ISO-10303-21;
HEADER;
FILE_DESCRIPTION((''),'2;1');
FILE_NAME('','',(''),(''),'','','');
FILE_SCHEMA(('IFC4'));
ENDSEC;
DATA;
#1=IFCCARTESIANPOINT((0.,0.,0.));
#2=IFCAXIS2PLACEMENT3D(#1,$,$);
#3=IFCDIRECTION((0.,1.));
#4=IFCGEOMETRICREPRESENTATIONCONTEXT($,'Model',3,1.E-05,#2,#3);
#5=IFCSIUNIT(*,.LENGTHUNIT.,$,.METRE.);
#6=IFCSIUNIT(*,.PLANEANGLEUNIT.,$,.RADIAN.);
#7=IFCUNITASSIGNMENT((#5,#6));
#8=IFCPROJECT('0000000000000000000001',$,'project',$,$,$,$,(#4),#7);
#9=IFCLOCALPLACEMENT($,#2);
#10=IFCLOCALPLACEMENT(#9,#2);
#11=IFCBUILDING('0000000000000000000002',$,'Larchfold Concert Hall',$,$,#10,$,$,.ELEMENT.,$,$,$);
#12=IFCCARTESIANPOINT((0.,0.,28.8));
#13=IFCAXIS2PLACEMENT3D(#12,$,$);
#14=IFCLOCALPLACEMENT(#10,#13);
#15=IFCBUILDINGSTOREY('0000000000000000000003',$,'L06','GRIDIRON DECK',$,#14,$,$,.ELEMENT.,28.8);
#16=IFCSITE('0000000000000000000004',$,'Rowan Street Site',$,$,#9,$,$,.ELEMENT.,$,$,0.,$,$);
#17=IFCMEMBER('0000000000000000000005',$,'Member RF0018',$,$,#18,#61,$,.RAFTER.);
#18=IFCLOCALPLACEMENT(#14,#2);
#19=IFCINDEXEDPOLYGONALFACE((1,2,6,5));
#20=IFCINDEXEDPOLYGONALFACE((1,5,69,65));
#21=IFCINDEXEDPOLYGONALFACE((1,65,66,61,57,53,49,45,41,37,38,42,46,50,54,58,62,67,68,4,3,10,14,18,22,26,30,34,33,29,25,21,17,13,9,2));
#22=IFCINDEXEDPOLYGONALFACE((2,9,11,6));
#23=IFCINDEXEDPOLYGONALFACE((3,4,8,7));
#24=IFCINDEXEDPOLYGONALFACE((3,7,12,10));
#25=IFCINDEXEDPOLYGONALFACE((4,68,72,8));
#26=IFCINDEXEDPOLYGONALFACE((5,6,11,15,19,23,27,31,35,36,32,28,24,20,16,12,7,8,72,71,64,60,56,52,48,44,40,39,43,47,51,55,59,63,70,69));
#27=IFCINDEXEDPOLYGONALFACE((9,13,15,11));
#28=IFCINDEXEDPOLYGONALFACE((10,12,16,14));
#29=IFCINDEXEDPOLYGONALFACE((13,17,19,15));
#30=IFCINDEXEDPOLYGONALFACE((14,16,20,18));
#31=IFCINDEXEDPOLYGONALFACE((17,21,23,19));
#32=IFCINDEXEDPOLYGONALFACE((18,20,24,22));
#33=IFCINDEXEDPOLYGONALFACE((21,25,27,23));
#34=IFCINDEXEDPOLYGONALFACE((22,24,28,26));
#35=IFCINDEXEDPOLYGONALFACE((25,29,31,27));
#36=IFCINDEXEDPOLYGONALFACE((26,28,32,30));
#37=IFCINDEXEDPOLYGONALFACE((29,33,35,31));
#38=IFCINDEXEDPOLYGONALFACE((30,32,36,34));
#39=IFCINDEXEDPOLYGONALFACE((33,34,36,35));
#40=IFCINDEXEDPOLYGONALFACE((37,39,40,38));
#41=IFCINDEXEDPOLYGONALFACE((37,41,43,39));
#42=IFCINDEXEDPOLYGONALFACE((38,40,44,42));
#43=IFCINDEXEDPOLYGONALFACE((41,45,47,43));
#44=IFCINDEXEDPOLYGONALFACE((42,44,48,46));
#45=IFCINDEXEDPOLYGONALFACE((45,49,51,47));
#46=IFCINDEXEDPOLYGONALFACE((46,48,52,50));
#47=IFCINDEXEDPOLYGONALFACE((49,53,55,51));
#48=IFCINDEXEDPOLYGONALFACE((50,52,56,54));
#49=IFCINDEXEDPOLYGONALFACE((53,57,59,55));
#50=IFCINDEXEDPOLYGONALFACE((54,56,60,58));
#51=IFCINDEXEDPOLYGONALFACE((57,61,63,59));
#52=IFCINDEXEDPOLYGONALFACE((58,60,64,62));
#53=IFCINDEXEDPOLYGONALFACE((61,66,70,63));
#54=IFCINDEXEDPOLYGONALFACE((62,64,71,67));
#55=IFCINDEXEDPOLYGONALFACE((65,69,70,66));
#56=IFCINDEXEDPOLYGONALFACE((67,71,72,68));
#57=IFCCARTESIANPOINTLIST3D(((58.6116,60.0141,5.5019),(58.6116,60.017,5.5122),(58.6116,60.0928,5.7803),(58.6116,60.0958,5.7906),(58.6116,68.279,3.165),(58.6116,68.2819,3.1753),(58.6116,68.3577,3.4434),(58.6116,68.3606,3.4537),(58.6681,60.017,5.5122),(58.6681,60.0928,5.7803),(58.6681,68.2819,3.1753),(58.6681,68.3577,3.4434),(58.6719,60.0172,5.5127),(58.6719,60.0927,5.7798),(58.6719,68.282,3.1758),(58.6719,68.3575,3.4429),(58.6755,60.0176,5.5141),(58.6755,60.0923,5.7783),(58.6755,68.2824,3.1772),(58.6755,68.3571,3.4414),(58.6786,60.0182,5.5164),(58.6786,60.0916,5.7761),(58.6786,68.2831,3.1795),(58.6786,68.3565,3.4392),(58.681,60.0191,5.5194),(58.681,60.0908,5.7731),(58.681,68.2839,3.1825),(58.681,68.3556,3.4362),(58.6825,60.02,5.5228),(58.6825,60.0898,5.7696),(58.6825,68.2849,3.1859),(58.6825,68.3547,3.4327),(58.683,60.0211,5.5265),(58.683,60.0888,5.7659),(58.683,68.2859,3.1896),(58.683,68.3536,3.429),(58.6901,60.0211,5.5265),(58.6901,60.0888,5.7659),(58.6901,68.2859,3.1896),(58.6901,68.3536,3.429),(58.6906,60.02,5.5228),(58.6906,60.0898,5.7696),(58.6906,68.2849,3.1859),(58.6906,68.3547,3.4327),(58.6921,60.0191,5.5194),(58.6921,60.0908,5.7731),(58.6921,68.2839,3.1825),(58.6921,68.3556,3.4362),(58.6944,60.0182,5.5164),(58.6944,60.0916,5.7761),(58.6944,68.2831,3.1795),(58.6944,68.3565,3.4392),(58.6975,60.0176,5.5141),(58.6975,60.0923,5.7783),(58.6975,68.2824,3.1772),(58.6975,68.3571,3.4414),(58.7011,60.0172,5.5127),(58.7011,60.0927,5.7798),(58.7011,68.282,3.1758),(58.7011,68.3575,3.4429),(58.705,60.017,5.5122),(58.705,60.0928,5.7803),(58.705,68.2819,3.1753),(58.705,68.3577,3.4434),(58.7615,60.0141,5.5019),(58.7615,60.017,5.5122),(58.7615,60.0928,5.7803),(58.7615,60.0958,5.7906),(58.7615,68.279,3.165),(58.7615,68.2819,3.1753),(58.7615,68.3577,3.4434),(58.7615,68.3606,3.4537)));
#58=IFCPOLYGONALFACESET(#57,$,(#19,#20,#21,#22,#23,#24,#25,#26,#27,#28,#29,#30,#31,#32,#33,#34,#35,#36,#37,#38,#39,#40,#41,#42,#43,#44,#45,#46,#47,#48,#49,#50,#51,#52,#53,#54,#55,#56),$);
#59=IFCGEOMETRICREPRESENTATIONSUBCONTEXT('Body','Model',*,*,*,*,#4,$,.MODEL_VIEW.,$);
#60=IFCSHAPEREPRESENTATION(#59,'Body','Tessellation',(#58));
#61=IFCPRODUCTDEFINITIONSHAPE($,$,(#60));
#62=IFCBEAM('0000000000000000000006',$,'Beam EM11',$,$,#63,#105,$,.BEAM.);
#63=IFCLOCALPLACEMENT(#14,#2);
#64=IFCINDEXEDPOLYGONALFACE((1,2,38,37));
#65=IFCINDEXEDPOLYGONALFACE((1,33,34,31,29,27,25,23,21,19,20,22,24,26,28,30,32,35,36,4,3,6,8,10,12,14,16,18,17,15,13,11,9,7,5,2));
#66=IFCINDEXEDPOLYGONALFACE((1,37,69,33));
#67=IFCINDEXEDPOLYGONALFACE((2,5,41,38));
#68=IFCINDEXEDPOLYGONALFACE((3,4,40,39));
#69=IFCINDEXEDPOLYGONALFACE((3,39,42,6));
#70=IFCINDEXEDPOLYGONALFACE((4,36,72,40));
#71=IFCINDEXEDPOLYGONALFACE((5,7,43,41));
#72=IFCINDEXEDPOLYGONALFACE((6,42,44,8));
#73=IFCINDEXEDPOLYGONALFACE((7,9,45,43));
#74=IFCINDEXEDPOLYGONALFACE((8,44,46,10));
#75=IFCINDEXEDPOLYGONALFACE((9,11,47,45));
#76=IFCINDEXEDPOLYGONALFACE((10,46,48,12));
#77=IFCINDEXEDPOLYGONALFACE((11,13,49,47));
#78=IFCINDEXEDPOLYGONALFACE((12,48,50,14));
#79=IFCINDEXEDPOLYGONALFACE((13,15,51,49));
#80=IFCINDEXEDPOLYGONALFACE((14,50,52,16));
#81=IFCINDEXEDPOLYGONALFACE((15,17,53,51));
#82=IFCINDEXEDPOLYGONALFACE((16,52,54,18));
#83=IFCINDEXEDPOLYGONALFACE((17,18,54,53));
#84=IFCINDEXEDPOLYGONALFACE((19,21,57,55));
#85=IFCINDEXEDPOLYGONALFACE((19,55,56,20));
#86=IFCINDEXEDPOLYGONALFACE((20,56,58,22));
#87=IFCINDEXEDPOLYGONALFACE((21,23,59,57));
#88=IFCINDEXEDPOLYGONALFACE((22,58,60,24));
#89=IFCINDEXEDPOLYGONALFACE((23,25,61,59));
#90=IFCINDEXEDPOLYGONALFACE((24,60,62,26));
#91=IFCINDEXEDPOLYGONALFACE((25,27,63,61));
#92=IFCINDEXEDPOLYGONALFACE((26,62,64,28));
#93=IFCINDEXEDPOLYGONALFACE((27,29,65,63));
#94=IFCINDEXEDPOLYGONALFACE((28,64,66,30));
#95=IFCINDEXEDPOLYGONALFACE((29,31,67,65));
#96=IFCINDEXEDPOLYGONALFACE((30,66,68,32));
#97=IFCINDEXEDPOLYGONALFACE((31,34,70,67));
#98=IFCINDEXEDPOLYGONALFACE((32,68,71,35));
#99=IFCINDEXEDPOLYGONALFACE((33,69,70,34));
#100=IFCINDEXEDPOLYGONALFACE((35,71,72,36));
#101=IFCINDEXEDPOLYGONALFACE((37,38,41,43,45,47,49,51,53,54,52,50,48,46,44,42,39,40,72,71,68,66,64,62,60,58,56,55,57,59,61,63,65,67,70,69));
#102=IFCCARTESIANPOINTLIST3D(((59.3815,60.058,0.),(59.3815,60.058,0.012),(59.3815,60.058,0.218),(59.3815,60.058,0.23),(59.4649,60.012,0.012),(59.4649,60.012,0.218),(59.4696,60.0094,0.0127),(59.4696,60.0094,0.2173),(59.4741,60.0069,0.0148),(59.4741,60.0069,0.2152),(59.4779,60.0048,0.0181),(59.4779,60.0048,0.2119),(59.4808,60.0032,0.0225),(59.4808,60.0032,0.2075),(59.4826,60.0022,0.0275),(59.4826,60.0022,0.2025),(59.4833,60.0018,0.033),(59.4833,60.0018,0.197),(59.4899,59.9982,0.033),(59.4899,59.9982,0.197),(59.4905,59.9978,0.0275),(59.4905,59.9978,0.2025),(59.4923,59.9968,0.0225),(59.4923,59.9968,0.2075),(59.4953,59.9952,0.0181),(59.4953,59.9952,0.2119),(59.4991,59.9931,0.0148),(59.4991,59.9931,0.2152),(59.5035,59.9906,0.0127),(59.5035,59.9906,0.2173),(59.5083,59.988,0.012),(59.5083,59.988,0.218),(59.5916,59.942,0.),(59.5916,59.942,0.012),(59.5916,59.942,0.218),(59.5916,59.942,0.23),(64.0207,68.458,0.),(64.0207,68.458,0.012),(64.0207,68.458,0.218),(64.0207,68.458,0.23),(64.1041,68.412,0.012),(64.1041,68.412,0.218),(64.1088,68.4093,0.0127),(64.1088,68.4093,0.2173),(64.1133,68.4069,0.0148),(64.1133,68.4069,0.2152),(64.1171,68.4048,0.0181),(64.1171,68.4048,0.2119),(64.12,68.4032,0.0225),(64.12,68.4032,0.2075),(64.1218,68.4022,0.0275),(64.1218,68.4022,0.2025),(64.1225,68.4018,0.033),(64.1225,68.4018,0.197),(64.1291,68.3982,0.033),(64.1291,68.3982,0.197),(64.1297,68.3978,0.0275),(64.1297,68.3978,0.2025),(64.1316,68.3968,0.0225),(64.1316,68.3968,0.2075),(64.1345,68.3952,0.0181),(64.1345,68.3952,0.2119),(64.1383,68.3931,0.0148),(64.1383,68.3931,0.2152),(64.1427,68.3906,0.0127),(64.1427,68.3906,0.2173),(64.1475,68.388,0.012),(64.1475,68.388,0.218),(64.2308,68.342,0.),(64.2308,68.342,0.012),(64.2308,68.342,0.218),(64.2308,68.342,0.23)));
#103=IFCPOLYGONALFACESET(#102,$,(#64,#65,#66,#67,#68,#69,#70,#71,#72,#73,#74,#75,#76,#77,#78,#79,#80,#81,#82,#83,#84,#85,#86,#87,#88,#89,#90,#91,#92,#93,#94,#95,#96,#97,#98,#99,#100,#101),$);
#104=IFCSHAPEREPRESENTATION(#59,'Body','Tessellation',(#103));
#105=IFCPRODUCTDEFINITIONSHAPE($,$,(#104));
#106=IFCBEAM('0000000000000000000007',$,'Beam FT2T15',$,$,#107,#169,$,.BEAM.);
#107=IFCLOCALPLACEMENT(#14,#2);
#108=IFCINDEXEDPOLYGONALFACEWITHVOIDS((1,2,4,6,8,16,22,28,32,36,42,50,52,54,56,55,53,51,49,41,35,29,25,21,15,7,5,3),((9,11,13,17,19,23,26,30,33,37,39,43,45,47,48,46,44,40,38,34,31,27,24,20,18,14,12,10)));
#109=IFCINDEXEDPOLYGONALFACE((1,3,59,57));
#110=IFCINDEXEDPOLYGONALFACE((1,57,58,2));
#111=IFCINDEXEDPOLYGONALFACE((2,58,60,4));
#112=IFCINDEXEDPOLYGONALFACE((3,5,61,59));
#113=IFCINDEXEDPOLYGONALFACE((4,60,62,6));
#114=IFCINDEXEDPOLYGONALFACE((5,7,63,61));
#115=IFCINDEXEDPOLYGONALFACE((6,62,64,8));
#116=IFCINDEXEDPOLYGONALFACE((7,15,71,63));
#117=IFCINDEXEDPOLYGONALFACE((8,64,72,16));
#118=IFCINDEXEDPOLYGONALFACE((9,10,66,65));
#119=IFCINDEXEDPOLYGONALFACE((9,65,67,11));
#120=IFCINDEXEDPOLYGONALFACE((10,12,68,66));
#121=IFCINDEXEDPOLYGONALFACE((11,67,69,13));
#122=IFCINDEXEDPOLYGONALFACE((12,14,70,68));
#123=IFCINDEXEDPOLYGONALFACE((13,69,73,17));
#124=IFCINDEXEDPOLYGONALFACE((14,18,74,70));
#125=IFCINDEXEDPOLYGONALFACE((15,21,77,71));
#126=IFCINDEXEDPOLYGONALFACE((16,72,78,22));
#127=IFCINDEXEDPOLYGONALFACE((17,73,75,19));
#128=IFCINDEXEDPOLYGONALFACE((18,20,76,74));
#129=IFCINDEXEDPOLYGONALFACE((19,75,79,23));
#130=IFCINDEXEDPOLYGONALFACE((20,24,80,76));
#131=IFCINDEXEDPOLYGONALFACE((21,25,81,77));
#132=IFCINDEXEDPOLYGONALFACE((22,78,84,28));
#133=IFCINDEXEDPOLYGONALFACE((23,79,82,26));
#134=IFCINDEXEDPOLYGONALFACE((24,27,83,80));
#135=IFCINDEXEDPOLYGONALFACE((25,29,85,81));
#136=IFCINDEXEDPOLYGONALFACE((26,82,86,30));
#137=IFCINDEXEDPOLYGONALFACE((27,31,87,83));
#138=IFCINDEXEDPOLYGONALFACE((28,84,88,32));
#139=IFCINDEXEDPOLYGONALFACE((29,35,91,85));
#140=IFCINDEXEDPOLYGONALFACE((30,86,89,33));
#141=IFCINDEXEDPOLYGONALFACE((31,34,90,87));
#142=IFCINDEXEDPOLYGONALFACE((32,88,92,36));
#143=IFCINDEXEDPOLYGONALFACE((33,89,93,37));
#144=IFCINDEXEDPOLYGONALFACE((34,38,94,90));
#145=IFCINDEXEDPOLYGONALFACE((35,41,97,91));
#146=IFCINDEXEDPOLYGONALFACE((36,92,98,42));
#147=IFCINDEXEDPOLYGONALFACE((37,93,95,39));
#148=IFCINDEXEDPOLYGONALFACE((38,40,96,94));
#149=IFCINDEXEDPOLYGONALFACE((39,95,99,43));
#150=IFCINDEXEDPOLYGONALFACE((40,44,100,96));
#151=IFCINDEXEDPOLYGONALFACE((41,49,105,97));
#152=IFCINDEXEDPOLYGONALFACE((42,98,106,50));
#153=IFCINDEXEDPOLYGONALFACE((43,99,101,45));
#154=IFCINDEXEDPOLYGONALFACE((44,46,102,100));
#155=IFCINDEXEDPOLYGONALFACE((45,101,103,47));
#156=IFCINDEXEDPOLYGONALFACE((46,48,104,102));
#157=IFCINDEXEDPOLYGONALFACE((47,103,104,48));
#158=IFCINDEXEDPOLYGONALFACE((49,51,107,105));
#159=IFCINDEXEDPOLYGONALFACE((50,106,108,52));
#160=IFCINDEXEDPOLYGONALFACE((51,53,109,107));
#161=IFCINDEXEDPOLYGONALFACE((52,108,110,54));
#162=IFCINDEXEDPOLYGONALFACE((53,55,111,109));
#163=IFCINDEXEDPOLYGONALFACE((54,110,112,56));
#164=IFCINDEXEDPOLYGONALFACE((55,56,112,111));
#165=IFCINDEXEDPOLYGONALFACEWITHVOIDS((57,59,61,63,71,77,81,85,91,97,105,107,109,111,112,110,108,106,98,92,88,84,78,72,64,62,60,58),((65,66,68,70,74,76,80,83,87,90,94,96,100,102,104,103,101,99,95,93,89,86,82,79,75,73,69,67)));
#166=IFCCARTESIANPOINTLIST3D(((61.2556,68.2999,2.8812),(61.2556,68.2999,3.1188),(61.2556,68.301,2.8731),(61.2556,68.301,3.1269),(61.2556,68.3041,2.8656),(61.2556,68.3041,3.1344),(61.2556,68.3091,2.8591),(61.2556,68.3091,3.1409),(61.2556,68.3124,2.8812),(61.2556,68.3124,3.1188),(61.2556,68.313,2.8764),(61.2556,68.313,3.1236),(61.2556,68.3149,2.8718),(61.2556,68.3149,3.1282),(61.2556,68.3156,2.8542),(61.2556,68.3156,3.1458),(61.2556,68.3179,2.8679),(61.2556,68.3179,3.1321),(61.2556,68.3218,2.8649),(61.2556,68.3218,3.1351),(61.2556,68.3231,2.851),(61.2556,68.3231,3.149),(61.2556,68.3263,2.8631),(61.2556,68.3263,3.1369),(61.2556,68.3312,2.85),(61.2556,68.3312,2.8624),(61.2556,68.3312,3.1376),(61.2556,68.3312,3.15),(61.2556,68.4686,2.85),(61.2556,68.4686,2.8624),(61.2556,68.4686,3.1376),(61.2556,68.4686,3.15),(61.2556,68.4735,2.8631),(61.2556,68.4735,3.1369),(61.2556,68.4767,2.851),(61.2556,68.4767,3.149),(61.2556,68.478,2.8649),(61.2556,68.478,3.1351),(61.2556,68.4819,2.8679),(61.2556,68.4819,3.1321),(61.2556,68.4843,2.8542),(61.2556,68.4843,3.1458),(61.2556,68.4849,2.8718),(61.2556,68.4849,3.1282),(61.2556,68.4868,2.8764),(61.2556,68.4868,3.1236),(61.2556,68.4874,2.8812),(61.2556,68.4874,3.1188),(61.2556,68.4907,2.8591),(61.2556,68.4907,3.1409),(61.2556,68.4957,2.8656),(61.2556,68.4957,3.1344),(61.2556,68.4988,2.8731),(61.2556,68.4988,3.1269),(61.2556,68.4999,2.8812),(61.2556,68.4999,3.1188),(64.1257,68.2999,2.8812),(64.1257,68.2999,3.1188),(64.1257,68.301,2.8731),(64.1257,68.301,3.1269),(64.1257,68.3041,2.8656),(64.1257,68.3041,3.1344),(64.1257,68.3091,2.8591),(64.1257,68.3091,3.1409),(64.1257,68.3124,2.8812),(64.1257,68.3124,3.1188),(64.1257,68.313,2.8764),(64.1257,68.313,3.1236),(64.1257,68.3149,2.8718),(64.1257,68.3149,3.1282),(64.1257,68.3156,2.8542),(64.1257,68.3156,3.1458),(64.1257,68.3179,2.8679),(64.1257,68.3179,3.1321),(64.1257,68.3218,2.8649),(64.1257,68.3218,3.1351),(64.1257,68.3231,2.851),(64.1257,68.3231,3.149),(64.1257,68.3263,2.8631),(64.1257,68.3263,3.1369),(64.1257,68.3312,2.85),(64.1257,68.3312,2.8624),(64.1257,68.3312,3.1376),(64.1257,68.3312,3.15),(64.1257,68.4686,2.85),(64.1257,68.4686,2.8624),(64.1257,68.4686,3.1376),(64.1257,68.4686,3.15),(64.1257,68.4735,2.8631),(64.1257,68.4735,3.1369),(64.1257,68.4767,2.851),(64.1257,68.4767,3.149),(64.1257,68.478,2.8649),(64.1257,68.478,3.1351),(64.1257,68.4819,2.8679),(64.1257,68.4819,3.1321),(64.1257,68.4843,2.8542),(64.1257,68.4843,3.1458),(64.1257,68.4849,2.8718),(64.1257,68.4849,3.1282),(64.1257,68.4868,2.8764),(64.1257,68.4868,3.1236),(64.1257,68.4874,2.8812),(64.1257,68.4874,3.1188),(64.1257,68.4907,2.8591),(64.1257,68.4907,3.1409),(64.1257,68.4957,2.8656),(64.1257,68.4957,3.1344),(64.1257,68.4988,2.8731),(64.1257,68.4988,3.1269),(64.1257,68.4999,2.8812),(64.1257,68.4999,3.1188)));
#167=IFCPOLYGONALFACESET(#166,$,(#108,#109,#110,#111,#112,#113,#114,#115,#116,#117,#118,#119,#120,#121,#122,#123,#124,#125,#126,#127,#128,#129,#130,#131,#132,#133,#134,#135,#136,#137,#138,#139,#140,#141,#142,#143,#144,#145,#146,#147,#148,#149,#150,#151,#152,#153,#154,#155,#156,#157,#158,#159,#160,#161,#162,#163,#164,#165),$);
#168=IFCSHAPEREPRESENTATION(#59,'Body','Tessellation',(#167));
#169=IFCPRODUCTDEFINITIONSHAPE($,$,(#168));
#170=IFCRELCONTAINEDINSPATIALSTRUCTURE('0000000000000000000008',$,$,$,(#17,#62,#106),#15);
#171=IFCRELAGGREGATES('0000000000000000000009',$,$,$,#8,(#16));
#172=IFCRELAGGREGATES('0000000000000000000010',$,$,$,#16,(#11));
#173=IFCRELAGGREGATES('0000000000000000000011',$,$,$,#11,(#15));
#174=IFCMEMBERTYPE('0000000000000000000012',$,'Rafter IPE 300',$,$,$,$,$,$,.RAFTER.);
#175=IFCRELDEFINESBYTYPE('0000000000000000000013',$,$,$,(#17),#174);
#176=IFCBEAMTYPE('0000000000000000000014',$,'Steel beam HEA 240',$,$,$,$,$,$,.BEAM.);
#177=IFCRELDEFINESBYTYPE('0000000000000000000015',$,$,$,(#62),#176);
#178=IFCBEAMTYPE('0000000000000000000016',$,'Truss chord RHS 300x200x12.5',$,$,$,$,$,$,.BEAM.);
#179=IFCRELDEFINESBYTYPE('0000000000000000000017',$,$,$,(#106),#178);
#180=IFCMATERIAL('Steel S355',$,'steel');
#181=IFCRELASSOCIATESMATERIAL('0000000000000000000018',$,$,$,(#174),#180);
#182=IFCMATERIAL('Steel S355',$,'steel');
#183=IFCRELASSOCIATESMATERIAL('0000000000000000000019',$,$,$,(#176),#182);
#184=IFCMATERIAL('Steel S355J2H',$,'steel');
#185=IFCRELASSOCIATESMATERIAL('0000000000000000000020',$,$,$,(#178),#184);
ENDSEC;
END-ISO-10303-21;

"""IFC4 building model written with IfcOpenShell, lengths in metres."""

from ifc_helpers import new_model, si_unit, direction, frame, origin, origin_2d, place, context, subcontext, project, spatial, hollow_rectangle, i_section, extrude, material, material_profile, profile_set, type_object, element, save


model = new_model("IFC4")

# Units and contexts
model_context = context("Model", 3, precision=1e-05, world=origin(), true_north=direction((0.0, 1.0)))
body_context = subcontext(model_context, "Body", "Model", "MODEL_VIEW")
ifc_project = project(units=[si_unit("LENGTHUNIT", "METRE"), si_unit("PLANEANGLEUNIT", "RADIAN")], contexts=[model_context])

# Site, building, storey
site_placement = place(None, origin())
site = spatial("IfcSite", under=ifc_project, at=site_placement, Name="Rowan Street Site", CompositionType="ELEMENT", RefElevation=0.0)
building_placement = place(site_placement, origin())
building = spatial("IfcBuilding", under=site, at=building_placement, Name="Larchfold Concert Hall", CompositionType="ELEMENT")
storey_placement = place(building_placement, frame((0.0, 0.0, 28.8)))
storey = spatial("IfcBuildingStorey", under=building, at=storey_placement, Name="L06", Description="GRIDIRON DECK", CompositionType="ELEMENT", Elevation=28.8)

# Member
ifc_material_1 = material(Name="Steel S355", Category="steel")
ifc_material_profile_1 = material_profile(ifc_material_1, i_section(OverallWidth=0.1499, OverallDepth=0.3, WebThickness=0.0071, FlangeThickness=0.0107, FilletRadius=0.0149, at=origin_2d()))
ifc_profile_set_1 = profile_set([ifc_material_profile_1], Name="Steel S355")
member_type_1 = type_object("IfcMemberType", Name="Rafter IPE 300", PredefinedType="RAFTER", material=ifc_profile_set_1)
member_1_placement = place(storey_placement, frame((58.6865, 60.0549, 5.6462), z_axis=(0.0, 0.962273, -0.272085), x_axis=(-1.0, 0.0, 0.0)))
element("IfcMember", 1, at=member_1_placement, inside=storey, type_object=member_type_1, Name="Member RF0018", PredefinedType="RAFTER", context=body_context, shape_type="SweptSolid", body=[
    extrude(i_section(OverallWidth=0.1499, OverallDepth=0.3, WebThickness=0.0071, FlangeThickness=0.0107, FilletRadius=0.0149, at=origin_2d()), origin(), (0.0, 0.0, 1.0), 8.5889),
])

# Beams
ifc_material_2 = material(Name="Steel S355", Category="steel")
ifc_material_profile_2 = material_profile(ifc_material_2, i_section(OverallWidth=0.24, OverallDepth=0.23, WebThickness=0.0076, FlangeThickness=0.012, FilletRadius=0.021, at=origin_2d()))
ifc_profile_set_2 = profile_set([ifc_material_profile_2], Name="Steel S355")
beam_type_1 = type_object("IfcBeamType", Name="Steel beam HEA 240", PredefinedType="BEAM", material=ifc_profile_set_2)
beam_1_placement = place(storey_placement, frame((59.4866, 60.0, 0.115), z_axis=(0.483455, 0.875369, 0.0), x_axis=(-0.875369, 0.483455, 0.0)))
element("IfcBeam", 2, at=beam_1_placement, inside=storey, type_object=beam_type_1, Name="Beam EM11", PredefinedType="BEAM", context=body_context, shape_type="SweptSolid", body=[
    extrude(i_section(OverallWidth=0.24, OverallDepth=0.23, WebThickness=0.0076, FlangeThickness=0.012, FilletRadius=0.021, at=origin_2d()), origin(), (0.0, 0.0, 1.0), 9.5959),
])
ifc_material_3 = material(Name="Steel S355J2H", Category="steel")
ifc_material_profile_3 = material_profile(ifc_material_3, hollow_rectangle(XDim=0.2, YDim=0.3, WallThickness=0.0125, InnerFilletRadius=0.0188, OuterFilletRadius=0.0312, at=origin_2d()))
ifc_profile_set_3 = profile_set([ifc_material_profile_3], Name="Steel S355J2H")
beam_type_2 = type_object("IfcBeamType", Name="Truss chord RHS 300x200x12.5", PredefinedType="BEAM", material=ifc_profile_set_3)
beam_2_placement = place(storey_placement, frame((61.2556, 68.3999, 3.0), z_axis=(1.0, 0.0, 0.0), x_axis=(0.0, 1.0, 0.0)))
element("IfcBeam", 3, at=beam_2_placement, inside=storey, type_object=beam_type_2, Name="Beam FT2T15", PredefinedType="BEAM", context=body_context, shape_type="SweptSolid", body=[
    extrude(hollow_rectangle(XDim=0.2, YDim=0.3, WallThickness=0.0125, InnerFilletRadius=0.0188, OuterFilletRadius=0.0312, at=origin_2d()), origin(), (0.0, 0.0, 1.0), 2.8701),
])

save(model, "model.ifc")
